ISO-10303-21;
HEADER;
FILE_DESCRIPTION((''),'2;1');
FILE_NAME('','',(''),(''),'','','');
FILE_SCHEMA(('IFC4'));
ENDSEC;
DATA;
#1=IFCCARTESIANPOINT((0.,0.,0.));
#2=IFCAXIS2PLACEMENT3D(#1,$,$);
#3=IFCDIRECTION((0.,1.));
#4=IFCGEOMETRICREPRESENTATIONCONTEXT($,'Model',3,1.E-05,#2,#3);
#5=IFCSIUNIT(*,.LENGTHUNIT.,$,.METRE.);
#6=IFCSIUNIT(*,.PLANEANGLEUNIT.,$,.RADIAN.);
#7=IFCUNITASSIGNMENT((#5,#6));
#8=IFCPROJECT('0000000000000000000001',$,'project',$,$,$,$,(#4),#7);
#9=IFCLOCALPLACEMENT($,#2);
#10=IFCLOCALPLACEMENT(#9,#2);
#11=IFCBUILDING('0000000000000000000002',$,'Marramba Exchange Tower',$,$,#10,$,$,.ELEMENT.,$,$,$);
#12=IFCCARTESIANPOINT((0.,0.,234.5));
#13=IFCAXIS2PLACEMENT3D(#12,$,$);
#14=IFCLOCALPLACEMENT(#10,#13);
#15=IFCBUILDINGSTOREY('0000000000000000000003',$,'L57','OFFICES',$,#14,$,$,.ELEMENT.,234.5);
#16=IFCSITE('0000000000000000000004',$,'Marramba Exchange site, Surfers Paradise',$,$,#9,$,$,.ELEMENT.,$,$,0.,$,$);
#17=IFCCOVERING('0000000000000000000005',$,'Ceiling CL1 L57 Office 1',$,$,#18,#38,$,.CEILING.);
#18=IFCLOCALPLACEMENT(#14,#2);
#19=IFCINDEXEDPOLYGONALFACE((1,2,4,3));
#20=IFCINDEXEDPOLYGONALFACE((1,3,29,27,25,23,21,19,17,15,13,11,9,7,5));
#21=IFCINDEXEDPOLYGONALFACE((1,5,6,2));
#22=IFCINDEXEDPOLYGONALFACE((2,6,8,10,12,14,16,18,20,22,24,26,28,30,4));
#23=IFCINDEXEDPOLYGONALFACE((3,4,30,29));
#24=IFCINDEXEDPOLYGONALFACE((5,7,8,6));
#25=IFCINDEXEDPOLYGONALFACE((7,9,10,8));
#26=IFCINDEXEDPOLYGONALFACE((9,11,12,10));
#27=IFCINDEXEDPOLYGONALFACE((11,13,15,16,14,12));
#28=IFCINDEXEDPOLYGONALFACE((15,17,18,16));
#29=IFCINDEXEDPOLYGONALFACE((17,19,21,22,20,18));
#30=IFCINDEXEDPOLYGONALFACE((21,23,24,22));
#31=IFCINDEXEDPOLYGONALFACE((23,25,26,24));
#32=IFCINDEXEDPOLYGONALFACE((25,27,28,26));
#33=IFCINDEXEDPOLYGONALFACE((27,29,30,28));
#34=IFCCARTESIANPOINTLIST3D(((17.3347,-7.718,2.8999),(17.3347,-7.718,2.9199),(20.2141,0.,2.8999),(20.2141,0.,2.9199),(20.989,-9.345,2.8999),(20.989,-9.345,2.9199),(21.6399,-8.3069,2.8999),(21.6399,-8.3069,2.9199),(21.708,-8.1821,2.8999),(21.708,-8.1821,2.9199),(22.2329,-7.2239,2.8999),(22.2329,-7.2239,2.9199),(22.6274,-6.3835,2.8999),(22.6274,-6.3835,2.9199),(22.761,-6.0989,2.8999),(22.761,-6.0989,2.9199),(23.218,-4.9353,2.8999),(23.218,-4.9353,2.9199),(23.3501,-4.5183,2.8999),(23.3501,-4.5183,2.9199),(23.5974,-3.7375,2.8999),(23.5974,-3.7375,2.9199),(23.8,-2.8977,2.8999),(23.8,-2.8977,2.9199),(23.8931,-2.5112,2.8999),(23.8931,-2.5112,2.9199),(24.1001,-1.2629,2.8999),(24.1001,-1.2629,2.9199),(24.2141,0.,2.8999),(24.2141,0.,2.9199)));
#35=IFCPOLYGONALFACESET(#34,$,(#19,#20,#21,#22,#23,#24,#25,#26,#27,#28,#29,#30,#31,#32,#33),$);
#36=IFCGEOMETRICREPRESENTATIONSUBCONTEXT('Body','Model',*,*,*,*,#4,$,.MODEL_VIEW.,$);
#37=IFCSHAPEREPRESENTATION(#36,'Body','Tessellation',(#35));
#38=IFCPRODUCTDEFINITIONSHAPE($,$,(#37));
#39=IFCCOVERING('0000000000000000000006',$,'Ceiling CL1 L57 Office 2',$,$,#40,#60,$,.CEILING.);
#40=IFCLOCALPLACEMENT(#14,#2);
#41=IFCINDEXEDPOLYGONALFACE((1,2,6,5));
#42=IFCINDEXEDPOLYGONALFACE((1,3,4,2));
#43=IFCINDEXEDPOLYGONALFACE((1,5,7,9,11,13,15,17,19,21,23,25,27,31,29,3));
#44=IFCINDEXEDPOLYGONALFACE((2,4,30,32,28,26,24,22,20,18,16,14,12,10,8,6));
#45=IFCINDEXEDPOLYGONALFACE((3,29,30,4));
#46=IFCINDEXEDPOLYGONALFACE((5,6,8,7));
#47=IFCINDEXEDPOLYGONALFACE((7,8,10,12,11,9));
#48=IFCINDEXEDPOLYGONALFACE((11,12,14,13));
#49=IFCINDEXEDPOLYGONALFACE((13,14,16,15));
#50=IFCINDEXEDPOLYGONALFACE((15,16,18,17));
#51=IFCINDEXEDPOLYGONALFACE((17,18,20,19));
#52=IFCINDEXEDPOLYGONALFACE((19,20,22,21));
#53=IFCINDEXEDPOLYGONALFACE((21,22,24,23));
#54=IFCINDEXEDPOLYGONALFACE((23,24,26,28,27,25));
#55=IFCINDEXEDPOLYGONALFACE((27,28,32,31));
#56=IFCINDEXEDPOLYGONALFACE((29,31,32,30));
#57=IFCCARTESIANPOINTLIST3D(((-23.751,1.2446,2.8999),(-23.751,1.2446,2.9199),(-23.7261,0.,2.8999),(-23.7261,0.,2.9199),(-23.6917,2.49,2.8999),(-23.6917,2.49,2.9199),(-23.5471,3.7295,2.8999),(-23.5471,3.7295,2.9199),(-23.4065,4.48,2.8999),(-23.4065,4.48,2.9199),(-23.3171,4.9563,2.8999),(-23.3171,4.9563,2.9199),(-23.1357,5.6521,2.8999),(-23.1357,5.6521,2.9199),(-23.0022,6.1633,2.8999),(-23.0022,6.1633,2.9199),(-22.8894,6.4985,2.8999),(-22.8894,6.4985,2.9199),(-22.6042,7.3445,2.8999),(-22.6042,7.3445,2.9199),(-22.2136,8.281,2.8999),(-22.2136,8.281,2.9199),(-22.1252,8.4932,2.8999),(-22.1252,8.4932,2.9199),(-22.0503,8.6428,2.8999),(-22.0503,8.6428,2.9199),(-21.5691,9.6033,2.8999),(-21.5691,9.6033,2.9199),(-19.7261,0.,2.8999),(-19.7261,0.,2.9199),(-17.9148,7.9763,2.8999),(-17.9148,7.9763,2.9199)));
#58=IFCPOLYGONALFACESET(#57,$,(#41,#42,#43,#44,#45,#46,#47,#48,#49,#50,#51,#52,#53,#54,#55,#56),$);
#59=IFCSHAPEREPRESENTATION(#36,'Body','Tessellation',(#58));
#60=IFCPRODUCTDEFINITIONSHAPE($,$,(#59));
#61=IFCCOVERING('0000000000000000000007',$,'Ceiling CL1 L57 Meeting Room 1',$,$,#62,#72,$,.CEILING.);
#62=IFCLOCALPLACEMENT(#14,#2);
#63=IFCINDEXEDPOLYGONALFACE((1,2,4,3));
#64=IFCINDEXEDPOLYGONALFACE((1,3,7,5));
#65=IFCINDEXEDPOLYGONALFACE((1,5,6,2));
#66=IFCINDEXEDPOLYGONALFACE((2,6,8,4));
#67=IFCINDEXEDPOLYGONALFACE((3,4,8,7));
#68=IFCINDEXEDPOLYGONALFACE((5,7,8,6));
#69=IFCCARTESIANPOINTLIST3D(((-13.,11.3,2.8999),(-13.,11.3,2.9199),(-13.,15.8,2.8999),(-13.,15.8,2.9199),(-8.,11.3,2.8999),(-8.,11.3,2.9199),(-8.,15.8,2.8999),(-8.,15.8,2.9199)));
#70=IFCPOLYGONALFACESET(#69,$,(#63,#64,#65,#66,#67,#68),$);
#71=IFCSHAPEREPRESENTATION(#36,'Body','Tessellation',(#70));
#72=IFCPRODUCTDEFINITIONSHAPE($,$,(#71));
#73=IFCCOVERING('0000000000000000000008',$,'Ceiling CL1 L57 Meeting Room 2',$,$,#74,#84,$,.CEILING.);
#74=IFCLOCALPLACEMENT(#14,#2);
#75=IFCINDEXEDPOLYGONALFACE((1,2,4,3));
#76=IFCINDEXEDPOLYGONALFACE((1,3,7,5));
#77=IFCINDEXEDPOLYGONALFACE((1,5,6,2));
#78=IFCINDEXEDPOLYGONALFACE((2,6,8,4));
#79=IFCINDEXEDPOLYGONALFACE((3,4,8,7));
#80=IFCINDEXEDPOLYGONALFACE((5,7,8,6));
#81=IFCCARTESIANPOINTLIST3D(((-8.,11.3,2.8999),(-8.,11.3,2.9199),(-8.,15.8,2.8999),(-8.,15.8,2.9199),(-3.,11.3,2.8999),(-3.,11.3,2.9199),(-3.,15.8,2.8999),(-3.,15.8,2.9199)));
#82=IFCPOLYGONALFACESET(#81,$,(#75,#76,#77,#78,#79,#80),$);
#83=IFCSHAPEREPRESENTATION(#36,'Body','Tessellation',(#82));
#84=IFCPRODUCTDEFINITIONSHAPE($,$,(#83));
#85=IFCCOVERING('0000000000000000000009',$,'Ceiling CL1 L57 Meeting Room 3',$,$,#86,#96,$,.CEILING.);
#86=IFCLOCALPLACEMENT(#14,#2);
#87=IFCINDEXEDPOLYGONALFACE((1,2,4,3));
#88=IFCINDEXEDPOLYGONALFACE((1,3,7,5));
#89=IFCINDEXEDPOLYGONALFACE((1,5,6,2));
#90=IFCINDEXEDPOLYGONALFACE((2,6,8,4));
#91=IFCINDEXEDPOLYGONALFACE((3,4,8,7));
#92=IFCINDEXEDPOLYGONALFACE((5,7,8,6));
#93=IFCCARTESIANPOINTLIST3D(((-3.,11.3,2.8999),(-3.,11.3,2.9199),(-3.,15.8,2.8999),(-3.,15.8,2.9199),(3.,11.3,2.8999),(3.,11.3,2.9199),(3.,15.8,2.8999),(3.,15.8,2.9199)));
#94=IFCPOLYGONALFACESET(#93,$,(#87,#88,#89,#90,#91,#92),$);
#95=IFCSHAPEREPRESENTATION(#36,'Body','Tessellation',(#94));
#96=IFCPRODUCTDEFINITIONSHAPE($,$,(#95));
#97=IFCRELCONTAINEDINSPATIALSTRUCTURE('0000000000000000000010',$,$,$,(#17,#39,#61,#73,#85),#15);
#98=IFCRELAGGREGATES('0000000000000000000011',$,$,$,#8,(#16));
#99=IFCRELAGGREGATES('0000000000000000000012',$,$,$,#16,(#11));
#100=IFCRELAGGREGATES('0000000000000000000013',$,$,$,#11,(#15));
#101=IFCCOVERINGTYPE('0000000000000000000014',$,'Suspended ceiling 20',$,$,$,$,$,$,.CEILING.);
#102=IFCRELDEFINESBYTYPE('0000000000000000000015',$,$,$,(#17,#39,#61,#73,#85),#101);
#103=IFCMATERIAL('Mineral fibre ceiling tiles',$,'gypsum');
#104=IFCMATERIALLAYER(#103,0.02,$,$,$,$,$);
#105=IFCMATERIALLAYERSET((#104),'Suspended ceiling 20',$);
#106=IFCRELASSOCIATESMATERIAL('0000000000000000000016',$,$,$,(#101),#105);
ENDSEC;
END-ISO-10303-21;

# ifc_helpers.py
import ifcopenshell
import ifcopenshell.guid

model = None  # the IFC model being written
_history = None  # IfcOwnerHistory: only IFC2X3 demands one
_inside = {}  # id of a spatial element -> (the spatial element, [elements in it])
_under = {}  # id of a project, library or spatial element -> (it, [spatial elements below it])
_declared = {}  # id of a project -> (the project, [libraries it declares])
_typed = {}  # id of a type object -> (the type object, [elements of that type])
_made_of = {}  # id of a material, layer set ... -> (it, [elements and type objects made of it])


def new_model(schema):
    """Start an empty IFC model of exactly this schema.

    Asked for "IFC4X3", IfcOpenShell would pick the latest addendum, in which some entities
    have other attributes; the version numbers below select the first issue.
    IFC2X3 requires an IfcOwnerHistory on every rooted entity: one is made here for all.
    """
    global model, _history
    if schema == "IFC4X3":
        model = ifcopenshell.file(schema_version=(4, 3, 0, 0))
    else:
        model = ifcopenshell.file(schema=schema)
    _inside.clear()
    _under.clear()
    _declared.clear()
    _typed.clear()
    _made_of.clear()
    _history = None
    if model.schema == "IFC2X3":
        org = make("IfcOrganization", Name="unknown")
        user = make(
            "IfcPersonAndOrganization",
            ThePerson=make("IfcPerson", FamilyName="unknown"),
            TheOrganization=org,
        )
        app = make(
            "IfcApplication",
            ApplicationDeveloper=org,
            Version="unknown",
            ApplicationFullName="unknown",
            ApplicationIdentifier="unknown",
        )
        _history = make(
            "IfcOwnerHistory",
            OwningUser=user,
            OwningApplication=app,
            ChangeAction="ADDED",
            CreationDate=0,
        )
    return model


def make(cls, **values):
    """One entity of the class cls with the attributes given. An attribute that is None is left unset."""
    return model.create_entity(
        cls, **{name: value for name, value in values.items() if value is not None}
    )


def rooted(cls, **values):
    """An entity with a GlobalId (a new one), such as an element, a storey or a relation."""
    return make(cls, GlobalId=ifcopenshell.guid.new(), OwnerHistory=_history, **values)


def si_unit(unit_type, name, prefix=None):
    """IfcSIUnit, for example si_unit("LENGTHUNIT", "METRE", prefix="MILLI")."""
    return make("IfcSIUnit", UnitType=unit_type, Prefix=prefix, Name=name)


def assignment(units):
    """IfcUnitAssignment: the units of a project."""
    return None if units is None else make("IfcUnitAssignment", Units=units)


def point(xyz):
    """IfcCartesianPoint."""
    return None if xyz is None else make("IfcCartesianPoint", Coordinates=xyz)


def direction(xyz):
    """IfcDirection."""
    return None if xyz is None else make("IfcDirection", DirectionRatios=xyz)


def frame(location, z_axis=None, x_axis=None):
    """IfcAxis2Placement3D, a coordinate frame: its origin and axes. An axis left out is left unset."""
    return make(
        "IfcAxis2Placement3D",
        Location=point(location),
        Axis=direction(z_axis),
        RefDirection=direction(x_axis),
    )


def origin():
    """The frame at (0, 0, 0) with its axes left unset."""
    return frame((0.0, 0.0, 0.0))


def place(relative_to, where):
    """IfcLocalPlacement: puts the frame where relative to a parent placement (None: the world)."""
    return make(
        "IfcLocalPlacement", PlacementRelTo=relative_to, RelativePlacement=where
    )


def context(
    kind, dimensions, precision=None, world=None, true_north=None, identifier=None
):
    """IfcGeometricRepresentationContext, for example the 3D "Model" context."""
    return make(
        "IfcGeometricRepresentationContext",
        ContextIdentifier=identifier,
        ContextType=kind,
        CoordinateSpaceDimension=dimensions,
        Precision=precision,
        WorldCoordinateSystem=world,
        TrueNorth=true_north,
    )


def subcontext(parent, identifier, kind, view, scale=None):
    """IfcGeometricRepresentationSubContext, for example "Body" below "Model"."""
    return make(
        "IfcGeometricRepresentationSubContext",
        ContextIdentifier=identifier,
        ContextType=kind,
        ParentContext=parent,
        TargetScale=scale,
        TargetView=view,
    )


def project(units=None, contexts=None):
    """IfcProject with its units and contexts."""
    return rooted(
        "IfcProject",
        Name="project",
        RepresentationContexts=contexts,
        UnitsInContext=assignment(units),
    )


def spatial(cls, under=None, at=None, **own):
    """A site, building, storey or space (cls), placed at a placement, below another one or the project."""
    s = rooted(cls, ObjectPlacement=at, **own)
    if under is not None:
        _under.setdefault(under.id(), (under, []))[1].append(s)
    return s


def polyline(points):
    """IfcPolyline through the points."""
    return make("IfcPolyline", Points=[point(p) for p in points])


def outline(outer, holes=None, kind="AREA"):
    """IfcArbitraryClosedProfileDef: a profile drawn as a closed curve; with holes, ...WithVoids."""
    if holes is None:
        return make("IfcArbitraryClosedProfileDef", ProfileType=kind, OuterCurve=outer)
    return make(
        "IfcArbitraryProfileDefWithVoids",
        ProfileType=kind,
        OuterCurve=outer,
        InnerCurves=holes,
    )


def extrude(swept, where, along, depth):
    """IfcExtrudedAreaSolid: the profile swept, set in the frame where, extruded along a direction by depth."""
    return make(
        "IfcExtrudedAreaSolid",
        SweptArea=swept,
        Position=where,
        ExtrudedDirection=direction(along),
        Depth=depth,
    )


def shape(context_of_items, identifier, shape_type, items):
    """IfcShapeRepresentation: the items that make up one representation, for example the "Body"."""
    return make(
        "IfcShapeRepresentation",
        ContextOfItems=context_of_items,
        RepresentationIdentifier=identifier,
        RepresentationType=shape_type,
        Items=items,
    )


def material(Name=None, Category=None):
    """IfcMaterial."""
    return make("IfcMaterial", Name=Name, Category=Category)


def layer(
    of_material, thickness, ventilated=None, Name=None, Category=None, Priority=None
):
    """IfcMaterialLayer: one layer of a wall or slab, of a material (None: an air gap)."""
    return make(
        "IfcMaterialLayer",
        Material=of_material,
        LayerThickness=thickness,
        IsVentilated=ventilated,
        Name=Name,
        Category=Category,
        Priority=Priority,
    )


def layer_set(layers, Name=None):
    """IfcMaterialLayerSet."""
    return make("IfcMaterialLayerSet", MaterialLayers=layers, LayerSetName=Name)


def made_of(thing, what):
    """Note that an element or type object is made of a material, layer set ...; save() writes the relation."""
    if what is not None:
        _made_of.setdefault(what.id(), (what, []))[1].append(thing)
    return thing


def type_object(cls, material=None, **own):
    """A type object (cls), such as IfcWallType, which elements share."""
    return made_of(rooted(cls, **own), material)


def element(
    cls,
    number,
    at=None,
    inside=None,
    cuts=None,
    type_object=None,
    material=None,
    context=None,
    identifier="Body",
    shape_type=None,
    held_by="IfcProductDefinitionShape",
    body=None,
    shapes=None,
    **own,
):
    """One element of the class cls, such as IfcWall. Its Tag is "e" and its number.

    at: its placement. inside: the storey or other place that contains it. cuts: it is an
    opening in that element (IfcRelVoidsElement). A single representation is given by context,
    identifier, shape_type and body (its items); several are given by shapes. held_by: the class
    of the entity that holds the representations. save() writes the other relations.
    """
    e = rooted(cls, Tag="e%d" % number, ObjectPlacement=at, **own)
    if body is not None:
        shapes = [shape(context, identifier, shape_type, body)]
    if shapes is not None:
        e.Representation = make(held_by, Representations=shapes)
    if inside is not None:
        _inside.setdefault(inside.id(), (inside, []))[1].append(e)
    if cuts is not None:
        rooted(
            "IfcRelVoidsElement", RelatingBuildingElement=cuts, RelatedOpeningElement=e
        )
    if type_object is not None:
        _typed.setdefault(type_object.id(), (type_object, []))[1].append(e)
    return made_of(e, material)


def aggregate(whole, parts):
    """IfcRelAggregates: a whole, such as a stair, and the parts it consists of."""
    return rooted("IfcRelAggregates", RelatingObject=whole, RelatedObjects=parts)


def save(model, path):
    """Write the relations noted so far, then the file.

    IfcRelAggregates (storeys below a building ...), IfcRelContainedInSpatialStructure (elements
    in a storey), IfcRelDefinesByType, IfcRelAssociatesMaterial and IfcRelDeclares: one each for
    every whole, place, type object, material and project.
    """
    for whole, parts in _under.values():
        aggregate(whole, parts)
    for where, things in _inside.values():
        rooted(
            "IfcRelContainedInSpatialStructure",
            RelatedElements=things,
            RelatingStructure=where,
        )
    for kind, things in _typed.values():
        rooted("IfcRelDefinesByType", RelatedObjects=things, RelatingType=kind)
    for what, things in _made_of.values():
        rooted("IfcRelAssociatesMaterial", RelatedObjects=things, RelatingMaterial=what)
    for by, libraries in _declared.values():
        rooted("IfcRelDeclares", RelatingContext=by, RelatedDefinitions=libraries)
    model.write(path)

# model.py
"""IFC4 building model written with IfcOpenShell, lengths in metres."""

from ifc_helpers import new_model, si_unit, direction, frame, origin, place, context, subcontext, project, spatial, polyline, outline, extrude, material, layer, layer_set, type_object, element, save


model = new_model("IFC4")

# Units and contexts
model_context = context("Model", 3, precision=1e-05, world=origin(), true_north=direction((0.0, 1.0)))
body_context = subcontext(model_context, "Body", "Model", "MODEL_VIEW")
ifc_project = project(units=[si_unit("LENGTHUNIT", "METRE"), si_unit("PLANEANGLEUNIT", "RADIAN")], contexts=[model_context])

# Site, building, storey
site_placement = place(None, origin())
site = spatial("IfcSite", under=ifc_project, at=site_placement, Name="Marramba Exchange site, Surfers Paradise", CompositionType="ELEMENT", RefElevation=0.0)
building_placement = place(site_placement, origin())
building = spatial("IfcBuilding", under=site, at=building_placement, Name="Marramba Exchange Tower", CompositionType="ELEMENT")
storey_placement = place(building_placement, frame((0.0, 0.0, 234.5)))
storey = spatial("IfcBuildingStorey", under=building, at=storey_placement, Name="L57", Description="OFFICES", CompositionType="ELEMENT", Elevation=234.5)

# Coverings
ifc_material_1 = material(Name="Mineral fibre ceiling tiles", Category="gypsum")
ifc_layer_1 = layer(ifc_material_1, 0.02)
ifc_layer_set_1 = layer_set([ifc_layer_1], Name="Suspended ceiling 20")
covering_type = type_object("IfcCoveringType", Name="Suspended ceiling 20", PredefinedType="CEILING", material=ifc_layer_set_1)
covering_1_placement = place(storey_placement, frame((0.0, 0.0, 2.8999)))
element("IfcCovering", 1, at=covering_1_placement, inside=storey, type_object=covering_type, Name="Ceiling CL1 L57 Office 1", PredefinedType="CEILING", context=body_context, shape_type="SweptSolid", body=[
    extrude(outline(polyline([(24.1001, -1.2629), (23.8931, -2.5112), (23.8, -2.8977), (23.5974, -3.7375), (23.3501, -4.5183), (23.218, -4.9353), (22.761, -6.0989), (22.6274, -6.3835), (22.2329, -7.2239), (21.708, -8.1821), (21.6399, -8.3069), (20.989, -9.345), (17.3347, -7.718), (20.2141, 0.0), (24.2141, 0.0), (24.1001, -1.2629)])), origin(), (0.0, 0.0, 1.0), 0.02),
])
covering_2_placement = place(storey_placement, frame((0.0, 0.0, 2.8999)))
element("IfcCovering", 2, at=covering_2_placement, inside=storey, type_object=covering_type, Name="Ceiling CL1 L57 Office 2", PredefinedType="CEILING", context=body_context, shape_type="SweptSolid", body=[
    extrude(outline(polyline([(-23.751, 1.2446), (-23.6917, 2.49), (-23.5471, 3.7295), (-23.4065, 4.48), (-23.3171, 4.9563), (-23.1357, 5.6521), (-23.0022, 6.1633), (-22.8894, 6.4985), (-22.6042, 7.3445), (-22.2136, 8.281), (-22.1252, 8.4932), (-22.0503, 8.6428), (-21.5691, 9.6033), (-17.9148, 7.9763), (-19.7261, 0.0), (-23.7261, 0.0), (-23.751, 1.2446)])), origin(), (0.0, 0.0, 1.0), 0.02),
])
covering_3_placement = place(storey_placement, frame((0.0, 0.0, 2.8999)))
element("IfcCovering", 3, at=covering_3_placement, inside=storey, type_object=covering_type, Name="Ceiling CL1 L57 Meeting Room 1", PredefinedType="CEILING", context=body_context, shape_type="SweptSolid", body=[
    extrude(outline(polyline([(-8.0, 11.3), (-13.0, 11.3), (-13.0, 15.8), (-8.0, 15.8), (-8.0, 11.3)])), origin(), (0.0, 0.0, 1.0), 0.02),
])
covering_4_placement = place(storey_placement, frame((0.0, 0.0, 2.8999)))
element("IfcCovering", 4, at=covering_4_placement, inside=storey, type_object=covering_type, Name="Ceiling CL1 L57 Meeting Room 2", PredefinedType="CEILING", context=body_context, shape_type="SweptSolid", body=[
    extrude(outline(polyline([(-3.0, 11.3), (-8.0, 11.3), (-8.0, 15.8), (-3.0, 15.8), (-3.0, 11.3)])), origin(), (0.0, 0.0, 1.0), 0.02),
])
covering_5_placement = place(storey_placement, frame((0.0, 0.0, 2.8999)))
element("IfcCovering", 5, at=covering_5_placement, inside=storey, type_object=covering_type, Name="Ceiling CL1 L57 Meeting Room 3", PredefinedType="CEILING", context=body_context, shape_type="SweptSolid", body=[
    extrude(outline(polyline([(3.0, 15.8), (3.0, 11.3), (-3.0, 11.3), (-3.0, 15.8), (3.0, 15.8)])), origin(), (0.0, 0.0, 1.0), 0.02),
])

save(model, "model.ifc")
